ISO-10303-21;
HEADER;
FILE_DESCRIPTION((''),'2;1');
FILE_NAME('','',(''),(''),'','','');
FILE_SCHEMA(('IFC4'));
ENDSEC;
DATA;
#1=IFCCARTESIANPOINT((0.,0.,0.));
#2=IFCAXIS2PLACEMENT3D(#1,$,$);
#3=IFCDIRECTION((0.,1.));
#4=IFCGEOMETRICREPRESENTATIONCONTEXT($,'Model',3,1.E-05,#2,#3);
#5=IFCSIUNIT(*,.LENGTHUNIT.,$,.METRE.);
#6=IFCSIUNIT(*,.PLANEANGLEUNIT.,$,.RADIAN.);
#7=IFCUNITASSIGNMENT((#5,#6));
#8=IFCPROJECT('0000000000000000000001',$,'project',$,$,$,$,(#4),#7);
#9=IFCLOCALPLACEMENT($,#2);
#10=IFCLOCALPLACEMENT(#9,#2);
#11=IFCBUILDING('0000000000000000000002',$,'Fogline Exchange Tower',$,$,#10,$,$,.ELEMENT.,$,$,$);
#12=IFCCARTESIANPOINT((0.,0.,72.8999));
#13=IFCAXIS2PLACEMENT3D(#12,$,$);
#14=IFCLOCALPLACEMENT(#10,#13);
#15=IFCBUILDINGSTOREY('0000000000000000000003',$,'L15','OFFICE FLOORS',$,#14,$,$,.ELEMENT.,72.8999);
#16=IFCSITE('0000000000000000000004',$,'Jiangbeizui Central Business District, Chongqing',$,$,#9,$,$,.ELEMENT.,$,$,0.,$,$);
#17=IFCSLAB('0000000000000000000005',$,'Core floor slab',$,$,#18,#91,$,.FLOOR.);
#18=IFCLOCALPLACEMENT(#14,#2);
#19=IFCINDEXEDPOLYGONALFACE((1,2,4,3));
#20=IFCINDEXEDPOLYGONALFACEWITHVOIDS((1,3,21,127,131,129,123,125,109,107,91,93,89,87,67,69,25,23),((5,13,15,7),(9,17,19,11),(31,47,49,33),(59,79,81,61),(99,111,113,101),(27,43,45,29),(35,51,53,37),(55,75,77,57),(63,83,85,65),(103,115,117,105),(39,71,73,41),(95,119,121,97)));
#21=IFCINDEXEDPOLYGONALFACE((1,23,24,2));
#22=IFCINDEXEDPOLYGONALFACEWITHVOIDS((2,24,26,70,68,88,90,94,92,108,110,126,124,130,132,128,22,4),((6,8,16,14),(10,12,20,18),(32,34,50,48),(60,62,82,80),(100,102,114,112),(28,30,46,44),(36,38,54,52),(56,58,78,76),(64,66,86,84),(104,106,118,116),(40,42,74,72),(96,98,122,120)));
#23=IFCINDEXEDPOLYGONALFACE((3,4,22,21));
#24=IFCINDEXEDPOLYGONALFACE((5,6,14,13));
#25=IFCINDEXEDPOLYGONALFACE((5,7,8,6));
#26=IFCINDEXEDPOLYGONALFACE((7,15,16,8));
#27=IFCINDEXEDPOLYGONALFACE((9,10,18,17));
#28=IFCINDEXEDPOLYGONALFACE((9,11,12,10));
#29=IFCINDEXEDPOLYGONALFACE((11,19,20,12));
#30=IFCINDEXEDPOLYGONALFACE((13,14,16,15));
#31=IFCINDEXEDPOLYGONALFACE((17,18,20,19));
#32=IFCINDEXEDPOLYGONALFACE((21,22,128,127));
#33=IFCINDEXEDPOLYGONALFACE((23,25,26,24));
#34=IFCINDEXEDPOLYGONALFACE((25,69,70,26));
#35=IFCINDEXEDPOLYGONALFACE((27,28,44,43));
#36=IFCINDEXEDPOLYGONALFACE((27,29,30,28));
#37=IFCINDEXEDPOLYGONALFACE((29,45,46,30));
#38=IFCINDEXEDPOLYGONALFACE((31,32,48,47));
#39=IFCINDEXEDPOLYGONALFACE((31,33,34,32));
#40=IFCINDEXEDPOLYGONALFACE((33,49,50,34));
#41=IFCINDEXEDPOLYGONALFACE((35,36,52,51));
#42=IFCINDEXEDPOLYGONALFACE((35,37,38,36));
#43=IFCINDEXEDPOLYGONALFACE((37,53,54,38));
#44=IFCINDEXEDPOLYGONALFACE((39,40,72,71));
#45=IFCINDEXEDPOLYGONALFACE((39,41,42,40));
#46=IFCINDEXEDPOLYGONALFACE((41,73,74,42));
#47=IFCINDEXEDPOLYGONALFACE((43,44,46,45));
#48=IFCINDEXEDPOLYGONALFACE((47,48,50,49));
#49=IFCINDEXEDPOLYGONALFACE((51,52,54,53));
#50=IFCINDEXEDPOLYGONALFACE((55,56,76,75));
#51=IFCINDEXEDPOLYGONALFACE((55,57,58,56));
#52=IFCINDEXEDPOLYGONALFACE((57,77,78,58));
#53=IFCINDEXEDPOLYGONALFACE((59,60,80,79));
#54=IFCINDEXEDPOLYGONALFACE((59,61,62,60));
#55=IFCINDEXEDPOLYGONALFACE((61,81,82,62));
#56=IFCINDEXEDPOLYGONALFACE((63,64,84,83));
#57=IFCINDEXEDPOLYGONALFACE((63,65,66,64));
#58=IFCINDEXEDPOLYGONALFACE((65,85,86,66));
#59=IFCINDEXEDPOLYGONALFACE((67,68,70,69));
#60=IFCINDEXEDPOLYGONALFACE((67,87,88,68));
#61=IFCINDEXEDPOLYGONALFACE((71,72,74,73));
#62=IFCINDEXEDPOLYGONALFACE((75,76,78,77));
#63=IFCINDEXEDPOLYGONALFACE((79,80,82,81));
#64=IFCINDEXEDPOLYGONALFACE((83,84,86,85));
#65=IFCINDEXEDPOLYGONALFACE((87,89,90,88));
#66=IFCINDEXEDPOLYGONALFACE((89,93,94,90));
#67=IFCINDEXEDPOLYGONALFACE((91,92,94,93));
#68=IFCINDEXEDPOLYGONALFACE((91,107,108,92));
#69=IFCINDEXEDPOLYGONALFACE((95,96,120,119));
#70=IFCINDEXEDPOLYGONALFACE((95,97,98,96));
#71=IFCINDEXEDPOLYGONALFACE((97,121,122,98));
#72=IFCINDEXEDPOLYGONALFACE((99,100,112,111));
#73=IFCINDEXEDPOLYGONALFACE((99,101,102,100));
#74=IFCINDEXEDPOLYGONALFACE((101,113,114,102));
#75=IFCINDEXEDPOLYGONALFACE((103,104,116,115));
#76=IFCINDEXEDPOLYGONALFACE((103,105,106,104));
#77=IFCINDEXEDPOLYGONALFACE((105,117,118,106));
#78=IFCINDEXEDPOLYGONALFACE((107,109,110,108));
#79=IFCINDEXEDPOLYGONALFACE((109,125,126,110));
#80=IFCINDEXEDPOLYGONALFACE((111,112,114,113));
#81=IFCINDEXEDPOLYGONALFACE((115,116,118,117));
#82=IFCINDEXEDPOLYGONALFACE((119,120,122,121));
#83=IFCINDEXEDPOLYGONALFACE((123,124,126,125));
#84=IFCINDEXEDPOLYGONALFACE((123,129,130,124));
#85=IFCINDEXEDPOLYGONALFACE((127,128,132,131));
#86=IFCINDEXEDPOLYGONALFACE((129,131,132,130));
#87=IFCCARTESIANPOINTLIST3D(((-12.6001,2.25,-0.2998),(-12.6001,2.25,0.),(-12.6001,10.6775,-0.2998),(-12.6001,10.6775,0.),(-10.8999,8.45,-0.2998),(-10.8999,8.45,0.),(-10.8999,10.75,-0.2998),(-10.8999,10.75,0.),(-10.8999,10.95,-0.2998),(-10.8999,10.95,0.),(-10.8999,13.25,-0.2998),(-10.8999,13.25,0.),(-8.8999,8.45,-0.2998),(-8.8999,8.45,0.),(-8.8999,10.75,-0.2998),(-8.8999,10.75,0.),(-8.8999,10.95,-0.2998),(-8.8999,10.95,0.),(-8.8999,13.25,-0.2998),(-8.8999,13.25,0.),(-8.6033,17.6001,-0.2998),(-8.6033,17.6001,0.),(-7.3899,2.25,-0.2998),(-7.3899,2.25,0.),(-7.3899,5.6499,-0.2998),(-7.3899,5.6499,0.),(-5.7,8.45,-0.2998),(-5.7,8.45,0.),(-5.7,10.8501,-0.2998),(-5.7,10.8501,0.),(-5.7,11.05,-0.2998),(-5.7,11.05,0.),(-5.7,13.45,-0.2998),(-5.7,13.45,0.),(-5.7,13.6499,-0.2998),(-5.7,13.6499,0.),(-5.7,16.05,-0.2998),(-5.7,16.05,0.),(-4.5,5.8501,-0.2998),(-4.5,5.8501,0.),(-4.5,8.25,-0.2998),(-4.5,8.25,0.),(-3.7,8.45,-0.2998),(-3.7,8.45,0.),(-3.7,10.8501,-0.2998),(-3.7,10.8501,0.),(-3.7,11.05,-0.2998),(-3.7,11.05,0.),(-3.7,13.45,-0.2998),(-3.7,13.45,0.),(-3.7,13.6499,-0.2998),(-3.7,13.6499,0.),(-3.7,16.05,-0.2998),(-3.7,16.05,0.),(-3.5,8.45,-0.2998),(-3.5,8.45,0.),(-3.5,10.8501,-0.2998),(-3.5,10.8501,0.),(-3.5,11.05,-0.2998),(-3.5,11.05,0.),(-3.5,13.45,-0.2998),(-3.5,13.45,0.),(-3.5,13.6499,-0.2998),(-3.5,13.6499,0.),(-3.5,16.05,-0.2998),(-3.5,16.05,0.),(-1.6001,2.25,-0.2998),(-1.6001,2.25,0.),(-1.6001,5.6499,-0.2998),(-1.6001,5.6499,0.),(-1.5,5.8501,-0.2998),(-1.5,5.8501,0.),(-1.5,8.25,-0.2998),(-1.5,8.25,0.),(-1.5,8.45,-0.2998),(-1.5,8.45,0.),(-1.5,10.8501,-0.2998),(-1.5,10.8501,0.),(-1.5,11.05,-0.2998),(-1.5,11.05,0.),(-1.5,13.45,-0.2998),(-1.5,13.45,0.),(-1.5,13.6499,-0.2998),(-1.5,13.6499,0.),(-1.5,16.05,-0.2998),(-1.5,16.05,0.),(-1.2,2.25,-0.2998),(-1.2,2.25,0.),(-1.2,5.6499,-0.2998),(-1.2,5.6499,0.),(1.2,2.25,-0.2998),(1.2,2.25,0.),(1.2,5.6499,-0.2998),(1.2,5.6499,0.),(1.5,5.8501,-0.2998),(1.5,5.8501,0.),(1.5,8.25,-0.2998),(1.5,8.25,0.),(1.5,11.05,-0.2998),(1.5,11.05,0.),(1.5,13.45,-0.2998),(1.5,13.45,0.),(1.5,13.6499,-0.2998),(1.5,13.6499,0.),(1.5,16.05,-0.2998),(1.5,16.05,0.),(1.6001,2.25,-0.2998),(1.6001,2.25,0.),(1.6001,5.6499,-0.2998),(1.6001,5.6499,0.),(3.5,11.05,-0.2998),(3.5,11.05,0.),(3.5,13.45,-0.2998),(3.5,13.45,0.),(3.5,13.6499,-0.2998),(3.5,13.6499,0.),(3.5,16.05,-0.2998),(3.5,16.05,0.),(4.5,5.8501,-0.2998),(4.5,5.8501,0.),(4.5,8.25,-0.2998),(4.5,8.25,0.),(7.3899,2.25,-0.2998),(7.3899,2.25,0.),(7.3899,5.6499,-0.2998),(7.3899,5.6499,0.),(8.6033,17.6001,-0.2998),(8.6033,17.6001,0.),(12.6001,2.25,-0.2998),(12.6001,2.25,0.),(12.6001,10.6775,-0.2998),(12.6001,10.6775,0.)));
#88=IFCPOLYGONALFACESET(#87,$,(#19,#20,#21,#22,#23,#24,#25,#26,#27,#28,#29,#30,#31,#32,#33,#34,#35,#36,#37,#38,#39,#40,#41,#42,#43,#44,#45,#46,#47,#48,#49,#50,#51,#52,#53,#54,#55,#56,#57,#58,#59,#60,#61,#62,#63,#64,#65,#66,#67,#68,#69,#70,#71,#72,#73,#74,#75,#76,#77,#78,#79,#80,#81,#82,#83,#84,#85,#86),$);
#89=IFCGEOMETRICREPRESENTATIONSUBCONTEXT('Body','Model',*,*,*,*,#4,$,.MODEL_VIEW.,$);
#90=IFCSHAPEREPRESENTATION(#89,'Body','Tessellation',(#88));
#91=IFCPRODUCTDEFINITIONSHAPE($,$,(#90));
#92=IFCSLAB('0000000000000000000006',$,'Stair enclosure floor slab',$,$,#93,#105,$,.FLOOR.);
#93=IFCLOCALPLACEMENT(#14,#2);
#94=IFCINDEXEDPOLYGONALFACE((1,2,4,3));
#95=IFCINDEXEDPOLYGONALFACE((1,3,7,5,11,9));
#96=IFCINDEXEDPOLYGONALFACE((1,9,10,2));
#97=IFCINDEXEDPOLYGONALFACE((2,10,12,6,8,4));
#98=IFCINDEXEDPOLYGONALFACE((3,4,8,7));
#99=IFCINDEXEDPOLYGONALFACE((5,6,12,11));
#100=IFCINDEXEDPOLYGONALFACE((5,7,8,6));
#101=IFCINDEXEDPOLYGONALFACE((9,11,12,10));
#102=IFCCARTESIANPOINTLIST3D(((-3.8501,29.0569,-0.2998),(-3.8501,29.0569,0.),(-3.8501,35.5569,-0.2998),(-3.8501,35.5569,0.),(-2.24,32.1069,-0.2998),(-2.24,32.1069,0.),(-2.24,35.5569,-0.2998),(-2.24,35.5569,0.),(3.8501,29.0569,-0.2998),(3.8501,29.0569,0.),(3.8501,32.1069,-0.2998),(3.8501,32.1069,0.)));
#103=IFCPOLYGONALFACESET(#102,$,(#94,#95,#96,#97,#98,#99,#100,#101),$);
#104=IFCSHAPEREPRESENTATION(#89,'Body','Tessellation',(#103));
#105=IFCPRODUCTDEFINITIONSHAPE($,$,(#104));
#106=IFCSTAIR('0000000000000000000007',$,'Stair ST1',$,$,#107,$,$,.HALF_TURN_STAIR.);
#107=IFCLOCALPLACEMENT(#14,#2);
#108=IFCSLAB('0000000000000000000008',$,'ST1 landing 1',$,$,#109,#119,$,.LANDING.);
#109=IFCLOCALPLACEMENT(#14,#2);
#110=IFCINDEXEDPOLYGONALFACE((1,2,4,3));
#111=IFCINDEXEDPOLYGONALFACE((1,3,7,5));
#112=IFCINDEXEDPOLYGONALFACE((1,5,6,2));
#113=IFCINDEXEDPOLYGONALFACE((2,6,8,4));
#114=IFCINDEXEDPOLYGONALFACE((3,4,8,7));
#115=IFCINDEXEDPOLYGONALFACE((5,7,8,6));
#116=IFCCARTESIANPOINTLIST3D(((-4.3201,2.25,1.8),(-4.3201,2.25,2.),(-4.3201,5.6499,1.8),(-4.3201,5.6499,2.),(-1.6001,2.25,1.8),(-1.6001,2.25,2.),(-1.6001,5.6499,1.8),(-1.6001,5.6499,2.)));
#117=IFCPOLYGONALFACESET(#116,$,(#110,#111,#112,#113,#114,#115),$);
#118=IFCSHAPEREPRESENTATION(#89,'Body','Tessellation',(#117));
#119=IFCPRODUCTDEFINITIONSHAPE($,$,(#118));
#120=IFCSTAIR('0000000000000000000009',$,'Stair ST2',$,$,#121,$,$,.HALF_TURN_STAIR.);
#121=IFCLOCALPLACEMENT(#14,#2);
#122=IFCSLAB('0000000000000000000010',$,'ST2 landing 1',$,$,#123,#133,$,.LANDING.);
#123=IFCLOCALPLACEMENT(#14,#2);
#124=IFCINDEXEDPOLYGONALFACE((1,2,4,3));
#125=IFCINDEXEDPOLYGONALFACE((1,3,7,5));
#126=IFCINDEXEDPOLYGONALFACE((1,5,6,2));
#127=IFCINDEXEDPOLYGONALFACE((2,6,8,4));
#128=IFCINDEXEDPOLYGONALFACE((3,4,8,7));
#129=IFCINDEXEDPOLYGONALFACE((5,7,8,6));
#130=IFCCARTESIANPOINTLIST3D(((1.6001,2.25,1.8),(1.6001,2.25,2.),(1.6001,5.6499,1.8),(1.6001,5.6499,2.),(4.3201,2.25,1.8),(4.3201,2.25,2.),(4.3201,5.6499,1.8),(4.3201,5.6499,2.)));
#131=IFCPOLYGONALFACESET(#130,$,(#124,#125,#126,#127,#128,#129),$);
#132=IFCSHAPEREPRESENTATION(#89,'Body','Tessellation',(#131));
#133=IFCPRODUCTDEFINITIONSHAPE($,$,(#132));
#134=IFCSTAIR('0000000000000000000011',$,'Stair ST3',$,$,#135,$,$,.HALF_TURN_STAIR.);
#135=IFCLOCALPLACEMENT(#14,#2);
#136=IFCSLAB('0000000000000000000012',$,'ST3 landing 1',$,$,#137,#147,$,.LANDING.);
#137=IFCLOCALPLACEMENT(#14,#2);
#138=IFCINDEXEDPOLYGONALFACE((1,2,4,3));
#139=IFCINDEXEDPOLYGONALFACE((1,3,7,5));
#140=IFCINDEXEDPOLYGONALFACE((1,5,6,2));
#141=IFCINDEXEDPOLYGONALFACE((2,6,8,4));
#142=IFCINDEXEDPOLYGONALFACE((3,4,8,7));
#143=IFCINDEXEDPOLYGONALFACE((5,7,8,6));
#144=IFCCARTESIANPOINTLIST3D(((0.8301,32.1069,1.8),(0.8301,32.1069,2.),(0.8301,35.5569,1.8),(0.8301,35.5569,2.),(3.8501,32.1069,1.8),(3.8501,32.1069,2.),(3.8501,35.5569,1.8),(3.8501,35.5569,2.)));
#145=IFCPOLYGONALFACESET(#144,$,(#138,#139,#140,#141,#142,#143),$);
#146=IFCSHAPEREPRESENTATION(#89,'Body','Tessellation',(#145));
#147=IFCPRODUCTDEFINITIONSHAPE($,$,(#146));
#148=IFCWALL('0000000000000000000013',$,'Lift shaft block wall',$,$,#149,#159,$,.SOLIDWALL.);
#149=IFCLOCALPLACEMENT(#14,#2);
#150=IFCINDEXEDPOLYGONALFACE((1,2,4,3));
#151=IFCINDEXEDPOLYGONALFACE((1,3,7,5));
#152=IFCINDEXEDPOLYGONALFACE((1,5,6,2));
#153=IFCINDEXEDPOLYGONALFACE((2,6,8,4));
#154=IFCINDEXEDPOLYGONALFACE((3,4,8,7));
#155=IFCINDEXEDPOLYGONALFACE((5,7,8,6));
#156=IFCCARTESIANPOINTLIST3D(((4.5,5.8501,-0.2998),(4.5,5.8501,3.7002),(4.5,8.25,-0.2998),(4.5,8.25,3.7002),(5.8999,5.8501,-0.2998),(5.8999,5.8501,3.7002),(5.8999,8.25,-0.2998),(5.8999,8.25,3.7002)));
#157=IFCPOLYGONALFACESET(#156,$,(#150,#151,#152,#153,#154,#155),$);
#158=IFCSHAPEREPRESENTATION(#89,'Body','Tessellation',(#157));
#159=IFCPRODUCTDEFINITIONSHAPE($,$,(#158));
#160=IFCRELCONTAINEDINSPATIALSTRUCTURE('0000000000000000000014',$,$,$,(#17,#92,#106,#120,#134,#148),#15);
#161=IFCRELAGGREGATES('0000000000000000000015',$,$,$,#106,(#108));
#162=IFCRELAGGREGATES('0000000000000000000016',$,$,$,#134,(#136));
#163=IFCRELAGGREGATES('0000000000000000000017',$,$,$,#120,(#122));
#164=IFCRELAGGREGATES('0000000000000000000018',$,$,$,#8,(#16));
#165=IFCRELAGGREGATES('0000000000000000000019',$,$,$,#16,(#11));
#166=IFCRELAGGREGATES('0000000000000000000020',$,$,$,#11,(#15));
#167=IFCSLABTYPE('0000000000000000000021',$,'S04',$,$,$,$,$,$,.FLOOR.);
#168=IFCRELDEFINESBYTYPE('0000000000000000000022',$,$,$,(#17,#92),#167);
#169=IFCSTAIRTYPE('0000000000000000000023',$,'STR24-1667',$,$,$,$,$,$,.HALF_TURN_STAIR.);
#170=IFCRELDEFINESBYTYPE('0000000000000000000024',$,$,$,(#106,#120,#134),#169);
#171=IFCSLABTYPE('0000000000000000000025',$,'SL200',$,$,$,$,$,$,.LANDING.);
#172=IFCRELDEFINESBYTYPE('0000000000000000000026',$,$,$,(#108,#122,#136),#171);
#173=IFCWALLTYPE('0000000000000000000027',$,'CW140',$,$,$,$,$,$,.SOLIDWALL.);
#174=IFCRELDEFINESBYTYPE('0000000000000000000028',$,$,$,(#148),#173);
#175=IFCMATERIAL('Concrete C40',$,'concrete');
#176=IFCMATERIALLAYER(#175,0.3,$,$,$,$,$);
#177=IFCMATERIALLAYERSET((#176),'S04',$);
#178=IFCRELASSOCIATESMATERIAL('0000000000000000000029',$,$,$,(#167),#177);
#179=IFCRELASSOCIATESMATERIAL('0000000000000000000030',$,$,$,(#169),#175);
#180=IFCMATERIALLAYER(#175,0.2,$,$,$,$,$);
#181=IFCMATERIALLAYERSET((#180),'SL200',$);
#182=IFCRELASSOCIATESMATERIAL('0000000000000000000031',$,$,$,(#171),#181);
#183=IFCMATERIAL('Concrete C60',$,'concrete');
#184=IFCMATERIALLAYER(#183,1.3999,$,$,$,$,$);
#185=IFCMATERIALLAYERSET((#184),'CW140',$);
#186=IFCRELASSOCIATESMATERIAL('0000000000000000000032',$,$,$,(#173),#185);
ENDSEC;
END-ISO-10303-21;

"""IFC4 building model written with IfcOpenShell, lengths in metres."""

from ifc_helpers import new_model, si_unit, direction, frame, frame_2d, origin, place, context, subcontext, project, spatial, polyline, rectangle, outline, extrude, material, layer, layer_set, type_object, element, aggregate, save


model = new_model("IFC4")

# Units and contexts
model_context = context("Model", 3, precision=1e-05, world=origin(), true_north=direction((0.0, 1.0)))
body_context = subcontext(model_context, "Body", "Model", "MODEL_VIEW")
ifc_project = project(units=[si_unit("LENGTHUNIT", "METRE"), si_unit("PLANEANGLEUNIT", "RADIAN")], contexts=[model_context])

# Site, building, storey
site_placement = place(None, origin())
site = spatial("IfcSite", under=ifc_project, at=site_placement, Name="Jiangbeizui Central Business District, Chongqing", CompositionType="ELEMENT", RefElevation=0.0)
building_placement = place(site_placement, origin())
building = spatial("IfcBuilding", under=site, at=building_placement, Name="Fogline Exchange Tower", CompositionType="ELEMENT")
storey_placement = place(building_placement, frame((0.0, 0.0, 72.8999)))
storey = spatial("IfcBuildingStorey", under=building, at=storey_placement, Name="L15", Description="OFFICE FLOORS", CompositionType="ELEMENT", Elevation=72.8999)

# Slabs
ifc_material_1 = material(Name="Concrete C40", Category="concrete")
ifc_layer_1 = layer(ifc_material_1, 0.3)
ifc_layer_set_1 = layer_set([ifc_layer_1], Name="S04")
slab_type_1 = type_object("IfcSlabType", Name="S04", PredefinedType="FLOOR", material=ifc_layer_set_1)
slab_1_placement = place(storey_placement, frame((0.0, 0.0, -0.2998)))
element("IfcSlab", 1, at=slab_1_placement, inside=storey, type_object=slab_type_1, Name="Core floor slab", PredefinedType="FLOOR", context=body_context, shape_type="SweptSolid", body=[
    extrude(outline(polyline([(-12.6001, 2.25), (-12.6001, 10.6775), (-8.6033, 17.6001), (8.6033, 17.6001), (12.6001, 10.6775), (12.6001, 2.25), (7.3899, 2.25), (7.3899, 5.6499), (1.6001, 5.6499), (1.6001, 2.25), (1.2, 2.25), (1.2, 5.6499), (-1.2, 5.6499), (-1.2, 2.25), (-1.6001, 2.25), (-1.6001, 5.6499), (-7.3899, 5.6499), (-7.3899, 2.25), (-12.6001, 2.25)]), holes=[polyline([(-1.5, 8.25), (-4.5, 8.25), (-4.5, 5.8501), (-1.5, 5.8501), (-1.5, 8.25)]), polyline([(-8.8999, 10.75), (-10.8999, 10.75), (-10.8999, 8.45), (-8.8999, 8.45), (-8.8999, 10.75)]), polyline([(-3.7, 10.8501), (-5.7, 10.8501), (-5.7, 8.45), (-3.7, 8.45), (-3.7, 10.8501)]), polyline([(-1.5, 10.8501), (-3.5, 10.8501), (-3.5, 8.45), (-1.5, 8.45), (-1.5, 10.8501)]), polyline([(-8.8999, 13.25), (-10.8999, 13.25), (-10.8999, 10.95), (-8.8999, 10.95), (-8.8999, 13.25)]), polyline([(-3.7, 13.45), (-5.7, 13.45), (-5.7, 11.05), (-3.7, 11.05), (-3.7, 13.45)]), polyline([(-3.7, 16.05), (-5.7, 16.05), (-5.7, 13.6499), (-3.7, 13.6499), (-3.7, 16.05)]), polyline([(4.5, 8.25), (1.5, 8.25), (1.5, 5.8501), (4.5, 5.8501), (4.5, 8.25)]), polyline([(-1.5, 13.45), (-3.5, 13.45), (-3.5, 11.05), (-1.5, 11.05), (-1.5, 13.45)]), polyline([(3.5, 13.45), (1.5, 13.45), (1.5, 11.05), (3.5, 11.05), (3.5, 13.45)]), polyline([(-1.5, 16.05), (-3.5, 16.05), (-3.5, 13.6499), (-1.5, 13.6499), (-1.5, 16.05)]), polyline([(3.5, 16.05), (1.5, 16.05), (1.5, 13.6499), (3.5, 13.6499), (3.5, 16.05)])]), origin(), (0.0, 0.0, 1.0), 0.2998),
])
slab_2_placement = place(storey_placement, frame((0.0, 0.0, -0.2998)))
element("IfcSlab", 2, at=slab_2_placement, inside=storey, type_object=slab_type_1, Name="Stair enclosure floor slab", PredefinedType="FLOOR", context=body_context, shape_type="SweptSolid", body=[
    extrude(outline(polyline([(3.8501, 29.0569), (-3.8501, 29.0569), (-3.8501, 35.5569), (-2.24, 35.5569), (-2.24, 32.1069), (3.8501, 32.1069), (3.8501, 29.0569)])), origin(), (0.0, 0.0, 1.0), 0.2998),
])

# Stairs, slabs
stair_type = type_object("IfcStairType", Name="STR24-1667", PredefinedType="HALF_TURN_STAIR", material=ifc_material_1)
stair_1_placement = place(storey_placement, origin())
stair_1 = element("IfcStair", 3, at=stair_1_placement, inside=storey, type_object=stair_type, Name="Stair ST1", PredefinedType="HALF_TURN_STAIR")
ifc_layer_2 = layer(ifc_material_1, 0.2)
ifc_layer_set_2 = layer_set([ifc_layer_2], Name="SL200")
slab_type_2 = type_object("IfcSlabType", Name="SL200", PredefinedType="LANDING", material=ifc_layer_set_2)
slab_3_placement = place(storey_placement, frame((0.0, 0.0, 1.8)))
slab_3 = element("IfcSlab", 4, at=slab_3_placement, type_object=slab_type_2, Name="ST1 landing 1", PredefinedType="LANDING", context=body_context, shape_type="SweptSolid", body=[
    extrude(outline(polyline([(-4.3201, 2.25), (-1.6001, 2.25), (-1.6001, 5.6499), (-4.3201, 5.6499), (-4.3201, 2.25)])), origin(), (0.0, 0.0, 1.0), 0.2),
])
aggregate(stair_1, [slab_3])
stair_2_placement = place(storey_placement, origin())
stair_2 = element("IfcStair", 5, at=stair_2_placement, inside=storey, type_object=stair_type, Name="Stair ST2", PredefinedType="HALF_TURN_STAIR")
slab_4_placement = place(storey_placement, frame((0.0, 0.0, 1.8)))
slab_4 = element("IfcSlab", 6, at=slab_4_placement, type_object=slab_type_2, Name="ST2 landing 1", PredefinedType="LANDING", context=body_context, shape_type="SweptSolid", body=[
    extrude(outline(polyline([(1.6001, 2.25), (4.3201, 2.25), (4.3201, 5.6499), (1.6001, 5.6499), (1.6001, 2.25)])), origin(), (0.0, 0.0, 1.0), 0.2),
])
stair_3_placement = place(storey_placement, origin())
stair_3 = element("IfcStair", 7, at=stair_3_placement, inside=storey, type_object=stair_type, Name="Stair ST3", PredefinedType="HALF_TURN_STAIR")
slab_5_placement = place(storey_placement, frame((0.0, 0.0, 1.8)))
slab_5 = element("IfcSlab", 8, at=slab_5_placement, type_object=slab_type_2, Name="ST3 landing 1", PredefinedType="LANDING", context=body_context, shape_type="SweptSolid", body=[
    extrude(outline(polyline([(0.8301, 32.1069), (3.8501, 32.1069), (3.8501, 35.5569), (0.8301, 35.5569), (0.8301, 32.1069)])), origin(), (0.0, 0.0, 1.0), 0.2),
])
aggregate(stair_3, [slab_5])

# Wall
ifc_material_2 = material(Name="Concrete C60", Category="concrete")
ifc_layer_3 = layer(ifc_material_2, 1.3999)
ifc_layer_set_3 = layer_set([ifc_layer_3], Name="CW140")
wall_type_1 = type_object("IfcWallType", Name="CW140", PredefinedType="SOLIDWALL", material=ifc_layer_set_3)
wall_1_placement = place(storey_placement, frame((5.2, 5.8501, -0.2998), z_axis=(0.0, 0.0, 1.0), x_axis=(0.0, 1.0, 0.0)))
element("IfcWall", 9, at=wall_1_placement, inside=storey, type_object=wall_type_1, Name="Lift shaft block wall", PredefinedType="SOLIDWALL", context=body_context, shape_type="SweptSolid", body=[
    extrude(rectangle(XDim=2.3999, YDim=1.3999, at=frame_2d((1.2, 0.0))), origin(), (0.0, 0.0, 1.0), 4.0),
])

aggregate(stair_2, [slab_4])

save(model, "model.ifc")
